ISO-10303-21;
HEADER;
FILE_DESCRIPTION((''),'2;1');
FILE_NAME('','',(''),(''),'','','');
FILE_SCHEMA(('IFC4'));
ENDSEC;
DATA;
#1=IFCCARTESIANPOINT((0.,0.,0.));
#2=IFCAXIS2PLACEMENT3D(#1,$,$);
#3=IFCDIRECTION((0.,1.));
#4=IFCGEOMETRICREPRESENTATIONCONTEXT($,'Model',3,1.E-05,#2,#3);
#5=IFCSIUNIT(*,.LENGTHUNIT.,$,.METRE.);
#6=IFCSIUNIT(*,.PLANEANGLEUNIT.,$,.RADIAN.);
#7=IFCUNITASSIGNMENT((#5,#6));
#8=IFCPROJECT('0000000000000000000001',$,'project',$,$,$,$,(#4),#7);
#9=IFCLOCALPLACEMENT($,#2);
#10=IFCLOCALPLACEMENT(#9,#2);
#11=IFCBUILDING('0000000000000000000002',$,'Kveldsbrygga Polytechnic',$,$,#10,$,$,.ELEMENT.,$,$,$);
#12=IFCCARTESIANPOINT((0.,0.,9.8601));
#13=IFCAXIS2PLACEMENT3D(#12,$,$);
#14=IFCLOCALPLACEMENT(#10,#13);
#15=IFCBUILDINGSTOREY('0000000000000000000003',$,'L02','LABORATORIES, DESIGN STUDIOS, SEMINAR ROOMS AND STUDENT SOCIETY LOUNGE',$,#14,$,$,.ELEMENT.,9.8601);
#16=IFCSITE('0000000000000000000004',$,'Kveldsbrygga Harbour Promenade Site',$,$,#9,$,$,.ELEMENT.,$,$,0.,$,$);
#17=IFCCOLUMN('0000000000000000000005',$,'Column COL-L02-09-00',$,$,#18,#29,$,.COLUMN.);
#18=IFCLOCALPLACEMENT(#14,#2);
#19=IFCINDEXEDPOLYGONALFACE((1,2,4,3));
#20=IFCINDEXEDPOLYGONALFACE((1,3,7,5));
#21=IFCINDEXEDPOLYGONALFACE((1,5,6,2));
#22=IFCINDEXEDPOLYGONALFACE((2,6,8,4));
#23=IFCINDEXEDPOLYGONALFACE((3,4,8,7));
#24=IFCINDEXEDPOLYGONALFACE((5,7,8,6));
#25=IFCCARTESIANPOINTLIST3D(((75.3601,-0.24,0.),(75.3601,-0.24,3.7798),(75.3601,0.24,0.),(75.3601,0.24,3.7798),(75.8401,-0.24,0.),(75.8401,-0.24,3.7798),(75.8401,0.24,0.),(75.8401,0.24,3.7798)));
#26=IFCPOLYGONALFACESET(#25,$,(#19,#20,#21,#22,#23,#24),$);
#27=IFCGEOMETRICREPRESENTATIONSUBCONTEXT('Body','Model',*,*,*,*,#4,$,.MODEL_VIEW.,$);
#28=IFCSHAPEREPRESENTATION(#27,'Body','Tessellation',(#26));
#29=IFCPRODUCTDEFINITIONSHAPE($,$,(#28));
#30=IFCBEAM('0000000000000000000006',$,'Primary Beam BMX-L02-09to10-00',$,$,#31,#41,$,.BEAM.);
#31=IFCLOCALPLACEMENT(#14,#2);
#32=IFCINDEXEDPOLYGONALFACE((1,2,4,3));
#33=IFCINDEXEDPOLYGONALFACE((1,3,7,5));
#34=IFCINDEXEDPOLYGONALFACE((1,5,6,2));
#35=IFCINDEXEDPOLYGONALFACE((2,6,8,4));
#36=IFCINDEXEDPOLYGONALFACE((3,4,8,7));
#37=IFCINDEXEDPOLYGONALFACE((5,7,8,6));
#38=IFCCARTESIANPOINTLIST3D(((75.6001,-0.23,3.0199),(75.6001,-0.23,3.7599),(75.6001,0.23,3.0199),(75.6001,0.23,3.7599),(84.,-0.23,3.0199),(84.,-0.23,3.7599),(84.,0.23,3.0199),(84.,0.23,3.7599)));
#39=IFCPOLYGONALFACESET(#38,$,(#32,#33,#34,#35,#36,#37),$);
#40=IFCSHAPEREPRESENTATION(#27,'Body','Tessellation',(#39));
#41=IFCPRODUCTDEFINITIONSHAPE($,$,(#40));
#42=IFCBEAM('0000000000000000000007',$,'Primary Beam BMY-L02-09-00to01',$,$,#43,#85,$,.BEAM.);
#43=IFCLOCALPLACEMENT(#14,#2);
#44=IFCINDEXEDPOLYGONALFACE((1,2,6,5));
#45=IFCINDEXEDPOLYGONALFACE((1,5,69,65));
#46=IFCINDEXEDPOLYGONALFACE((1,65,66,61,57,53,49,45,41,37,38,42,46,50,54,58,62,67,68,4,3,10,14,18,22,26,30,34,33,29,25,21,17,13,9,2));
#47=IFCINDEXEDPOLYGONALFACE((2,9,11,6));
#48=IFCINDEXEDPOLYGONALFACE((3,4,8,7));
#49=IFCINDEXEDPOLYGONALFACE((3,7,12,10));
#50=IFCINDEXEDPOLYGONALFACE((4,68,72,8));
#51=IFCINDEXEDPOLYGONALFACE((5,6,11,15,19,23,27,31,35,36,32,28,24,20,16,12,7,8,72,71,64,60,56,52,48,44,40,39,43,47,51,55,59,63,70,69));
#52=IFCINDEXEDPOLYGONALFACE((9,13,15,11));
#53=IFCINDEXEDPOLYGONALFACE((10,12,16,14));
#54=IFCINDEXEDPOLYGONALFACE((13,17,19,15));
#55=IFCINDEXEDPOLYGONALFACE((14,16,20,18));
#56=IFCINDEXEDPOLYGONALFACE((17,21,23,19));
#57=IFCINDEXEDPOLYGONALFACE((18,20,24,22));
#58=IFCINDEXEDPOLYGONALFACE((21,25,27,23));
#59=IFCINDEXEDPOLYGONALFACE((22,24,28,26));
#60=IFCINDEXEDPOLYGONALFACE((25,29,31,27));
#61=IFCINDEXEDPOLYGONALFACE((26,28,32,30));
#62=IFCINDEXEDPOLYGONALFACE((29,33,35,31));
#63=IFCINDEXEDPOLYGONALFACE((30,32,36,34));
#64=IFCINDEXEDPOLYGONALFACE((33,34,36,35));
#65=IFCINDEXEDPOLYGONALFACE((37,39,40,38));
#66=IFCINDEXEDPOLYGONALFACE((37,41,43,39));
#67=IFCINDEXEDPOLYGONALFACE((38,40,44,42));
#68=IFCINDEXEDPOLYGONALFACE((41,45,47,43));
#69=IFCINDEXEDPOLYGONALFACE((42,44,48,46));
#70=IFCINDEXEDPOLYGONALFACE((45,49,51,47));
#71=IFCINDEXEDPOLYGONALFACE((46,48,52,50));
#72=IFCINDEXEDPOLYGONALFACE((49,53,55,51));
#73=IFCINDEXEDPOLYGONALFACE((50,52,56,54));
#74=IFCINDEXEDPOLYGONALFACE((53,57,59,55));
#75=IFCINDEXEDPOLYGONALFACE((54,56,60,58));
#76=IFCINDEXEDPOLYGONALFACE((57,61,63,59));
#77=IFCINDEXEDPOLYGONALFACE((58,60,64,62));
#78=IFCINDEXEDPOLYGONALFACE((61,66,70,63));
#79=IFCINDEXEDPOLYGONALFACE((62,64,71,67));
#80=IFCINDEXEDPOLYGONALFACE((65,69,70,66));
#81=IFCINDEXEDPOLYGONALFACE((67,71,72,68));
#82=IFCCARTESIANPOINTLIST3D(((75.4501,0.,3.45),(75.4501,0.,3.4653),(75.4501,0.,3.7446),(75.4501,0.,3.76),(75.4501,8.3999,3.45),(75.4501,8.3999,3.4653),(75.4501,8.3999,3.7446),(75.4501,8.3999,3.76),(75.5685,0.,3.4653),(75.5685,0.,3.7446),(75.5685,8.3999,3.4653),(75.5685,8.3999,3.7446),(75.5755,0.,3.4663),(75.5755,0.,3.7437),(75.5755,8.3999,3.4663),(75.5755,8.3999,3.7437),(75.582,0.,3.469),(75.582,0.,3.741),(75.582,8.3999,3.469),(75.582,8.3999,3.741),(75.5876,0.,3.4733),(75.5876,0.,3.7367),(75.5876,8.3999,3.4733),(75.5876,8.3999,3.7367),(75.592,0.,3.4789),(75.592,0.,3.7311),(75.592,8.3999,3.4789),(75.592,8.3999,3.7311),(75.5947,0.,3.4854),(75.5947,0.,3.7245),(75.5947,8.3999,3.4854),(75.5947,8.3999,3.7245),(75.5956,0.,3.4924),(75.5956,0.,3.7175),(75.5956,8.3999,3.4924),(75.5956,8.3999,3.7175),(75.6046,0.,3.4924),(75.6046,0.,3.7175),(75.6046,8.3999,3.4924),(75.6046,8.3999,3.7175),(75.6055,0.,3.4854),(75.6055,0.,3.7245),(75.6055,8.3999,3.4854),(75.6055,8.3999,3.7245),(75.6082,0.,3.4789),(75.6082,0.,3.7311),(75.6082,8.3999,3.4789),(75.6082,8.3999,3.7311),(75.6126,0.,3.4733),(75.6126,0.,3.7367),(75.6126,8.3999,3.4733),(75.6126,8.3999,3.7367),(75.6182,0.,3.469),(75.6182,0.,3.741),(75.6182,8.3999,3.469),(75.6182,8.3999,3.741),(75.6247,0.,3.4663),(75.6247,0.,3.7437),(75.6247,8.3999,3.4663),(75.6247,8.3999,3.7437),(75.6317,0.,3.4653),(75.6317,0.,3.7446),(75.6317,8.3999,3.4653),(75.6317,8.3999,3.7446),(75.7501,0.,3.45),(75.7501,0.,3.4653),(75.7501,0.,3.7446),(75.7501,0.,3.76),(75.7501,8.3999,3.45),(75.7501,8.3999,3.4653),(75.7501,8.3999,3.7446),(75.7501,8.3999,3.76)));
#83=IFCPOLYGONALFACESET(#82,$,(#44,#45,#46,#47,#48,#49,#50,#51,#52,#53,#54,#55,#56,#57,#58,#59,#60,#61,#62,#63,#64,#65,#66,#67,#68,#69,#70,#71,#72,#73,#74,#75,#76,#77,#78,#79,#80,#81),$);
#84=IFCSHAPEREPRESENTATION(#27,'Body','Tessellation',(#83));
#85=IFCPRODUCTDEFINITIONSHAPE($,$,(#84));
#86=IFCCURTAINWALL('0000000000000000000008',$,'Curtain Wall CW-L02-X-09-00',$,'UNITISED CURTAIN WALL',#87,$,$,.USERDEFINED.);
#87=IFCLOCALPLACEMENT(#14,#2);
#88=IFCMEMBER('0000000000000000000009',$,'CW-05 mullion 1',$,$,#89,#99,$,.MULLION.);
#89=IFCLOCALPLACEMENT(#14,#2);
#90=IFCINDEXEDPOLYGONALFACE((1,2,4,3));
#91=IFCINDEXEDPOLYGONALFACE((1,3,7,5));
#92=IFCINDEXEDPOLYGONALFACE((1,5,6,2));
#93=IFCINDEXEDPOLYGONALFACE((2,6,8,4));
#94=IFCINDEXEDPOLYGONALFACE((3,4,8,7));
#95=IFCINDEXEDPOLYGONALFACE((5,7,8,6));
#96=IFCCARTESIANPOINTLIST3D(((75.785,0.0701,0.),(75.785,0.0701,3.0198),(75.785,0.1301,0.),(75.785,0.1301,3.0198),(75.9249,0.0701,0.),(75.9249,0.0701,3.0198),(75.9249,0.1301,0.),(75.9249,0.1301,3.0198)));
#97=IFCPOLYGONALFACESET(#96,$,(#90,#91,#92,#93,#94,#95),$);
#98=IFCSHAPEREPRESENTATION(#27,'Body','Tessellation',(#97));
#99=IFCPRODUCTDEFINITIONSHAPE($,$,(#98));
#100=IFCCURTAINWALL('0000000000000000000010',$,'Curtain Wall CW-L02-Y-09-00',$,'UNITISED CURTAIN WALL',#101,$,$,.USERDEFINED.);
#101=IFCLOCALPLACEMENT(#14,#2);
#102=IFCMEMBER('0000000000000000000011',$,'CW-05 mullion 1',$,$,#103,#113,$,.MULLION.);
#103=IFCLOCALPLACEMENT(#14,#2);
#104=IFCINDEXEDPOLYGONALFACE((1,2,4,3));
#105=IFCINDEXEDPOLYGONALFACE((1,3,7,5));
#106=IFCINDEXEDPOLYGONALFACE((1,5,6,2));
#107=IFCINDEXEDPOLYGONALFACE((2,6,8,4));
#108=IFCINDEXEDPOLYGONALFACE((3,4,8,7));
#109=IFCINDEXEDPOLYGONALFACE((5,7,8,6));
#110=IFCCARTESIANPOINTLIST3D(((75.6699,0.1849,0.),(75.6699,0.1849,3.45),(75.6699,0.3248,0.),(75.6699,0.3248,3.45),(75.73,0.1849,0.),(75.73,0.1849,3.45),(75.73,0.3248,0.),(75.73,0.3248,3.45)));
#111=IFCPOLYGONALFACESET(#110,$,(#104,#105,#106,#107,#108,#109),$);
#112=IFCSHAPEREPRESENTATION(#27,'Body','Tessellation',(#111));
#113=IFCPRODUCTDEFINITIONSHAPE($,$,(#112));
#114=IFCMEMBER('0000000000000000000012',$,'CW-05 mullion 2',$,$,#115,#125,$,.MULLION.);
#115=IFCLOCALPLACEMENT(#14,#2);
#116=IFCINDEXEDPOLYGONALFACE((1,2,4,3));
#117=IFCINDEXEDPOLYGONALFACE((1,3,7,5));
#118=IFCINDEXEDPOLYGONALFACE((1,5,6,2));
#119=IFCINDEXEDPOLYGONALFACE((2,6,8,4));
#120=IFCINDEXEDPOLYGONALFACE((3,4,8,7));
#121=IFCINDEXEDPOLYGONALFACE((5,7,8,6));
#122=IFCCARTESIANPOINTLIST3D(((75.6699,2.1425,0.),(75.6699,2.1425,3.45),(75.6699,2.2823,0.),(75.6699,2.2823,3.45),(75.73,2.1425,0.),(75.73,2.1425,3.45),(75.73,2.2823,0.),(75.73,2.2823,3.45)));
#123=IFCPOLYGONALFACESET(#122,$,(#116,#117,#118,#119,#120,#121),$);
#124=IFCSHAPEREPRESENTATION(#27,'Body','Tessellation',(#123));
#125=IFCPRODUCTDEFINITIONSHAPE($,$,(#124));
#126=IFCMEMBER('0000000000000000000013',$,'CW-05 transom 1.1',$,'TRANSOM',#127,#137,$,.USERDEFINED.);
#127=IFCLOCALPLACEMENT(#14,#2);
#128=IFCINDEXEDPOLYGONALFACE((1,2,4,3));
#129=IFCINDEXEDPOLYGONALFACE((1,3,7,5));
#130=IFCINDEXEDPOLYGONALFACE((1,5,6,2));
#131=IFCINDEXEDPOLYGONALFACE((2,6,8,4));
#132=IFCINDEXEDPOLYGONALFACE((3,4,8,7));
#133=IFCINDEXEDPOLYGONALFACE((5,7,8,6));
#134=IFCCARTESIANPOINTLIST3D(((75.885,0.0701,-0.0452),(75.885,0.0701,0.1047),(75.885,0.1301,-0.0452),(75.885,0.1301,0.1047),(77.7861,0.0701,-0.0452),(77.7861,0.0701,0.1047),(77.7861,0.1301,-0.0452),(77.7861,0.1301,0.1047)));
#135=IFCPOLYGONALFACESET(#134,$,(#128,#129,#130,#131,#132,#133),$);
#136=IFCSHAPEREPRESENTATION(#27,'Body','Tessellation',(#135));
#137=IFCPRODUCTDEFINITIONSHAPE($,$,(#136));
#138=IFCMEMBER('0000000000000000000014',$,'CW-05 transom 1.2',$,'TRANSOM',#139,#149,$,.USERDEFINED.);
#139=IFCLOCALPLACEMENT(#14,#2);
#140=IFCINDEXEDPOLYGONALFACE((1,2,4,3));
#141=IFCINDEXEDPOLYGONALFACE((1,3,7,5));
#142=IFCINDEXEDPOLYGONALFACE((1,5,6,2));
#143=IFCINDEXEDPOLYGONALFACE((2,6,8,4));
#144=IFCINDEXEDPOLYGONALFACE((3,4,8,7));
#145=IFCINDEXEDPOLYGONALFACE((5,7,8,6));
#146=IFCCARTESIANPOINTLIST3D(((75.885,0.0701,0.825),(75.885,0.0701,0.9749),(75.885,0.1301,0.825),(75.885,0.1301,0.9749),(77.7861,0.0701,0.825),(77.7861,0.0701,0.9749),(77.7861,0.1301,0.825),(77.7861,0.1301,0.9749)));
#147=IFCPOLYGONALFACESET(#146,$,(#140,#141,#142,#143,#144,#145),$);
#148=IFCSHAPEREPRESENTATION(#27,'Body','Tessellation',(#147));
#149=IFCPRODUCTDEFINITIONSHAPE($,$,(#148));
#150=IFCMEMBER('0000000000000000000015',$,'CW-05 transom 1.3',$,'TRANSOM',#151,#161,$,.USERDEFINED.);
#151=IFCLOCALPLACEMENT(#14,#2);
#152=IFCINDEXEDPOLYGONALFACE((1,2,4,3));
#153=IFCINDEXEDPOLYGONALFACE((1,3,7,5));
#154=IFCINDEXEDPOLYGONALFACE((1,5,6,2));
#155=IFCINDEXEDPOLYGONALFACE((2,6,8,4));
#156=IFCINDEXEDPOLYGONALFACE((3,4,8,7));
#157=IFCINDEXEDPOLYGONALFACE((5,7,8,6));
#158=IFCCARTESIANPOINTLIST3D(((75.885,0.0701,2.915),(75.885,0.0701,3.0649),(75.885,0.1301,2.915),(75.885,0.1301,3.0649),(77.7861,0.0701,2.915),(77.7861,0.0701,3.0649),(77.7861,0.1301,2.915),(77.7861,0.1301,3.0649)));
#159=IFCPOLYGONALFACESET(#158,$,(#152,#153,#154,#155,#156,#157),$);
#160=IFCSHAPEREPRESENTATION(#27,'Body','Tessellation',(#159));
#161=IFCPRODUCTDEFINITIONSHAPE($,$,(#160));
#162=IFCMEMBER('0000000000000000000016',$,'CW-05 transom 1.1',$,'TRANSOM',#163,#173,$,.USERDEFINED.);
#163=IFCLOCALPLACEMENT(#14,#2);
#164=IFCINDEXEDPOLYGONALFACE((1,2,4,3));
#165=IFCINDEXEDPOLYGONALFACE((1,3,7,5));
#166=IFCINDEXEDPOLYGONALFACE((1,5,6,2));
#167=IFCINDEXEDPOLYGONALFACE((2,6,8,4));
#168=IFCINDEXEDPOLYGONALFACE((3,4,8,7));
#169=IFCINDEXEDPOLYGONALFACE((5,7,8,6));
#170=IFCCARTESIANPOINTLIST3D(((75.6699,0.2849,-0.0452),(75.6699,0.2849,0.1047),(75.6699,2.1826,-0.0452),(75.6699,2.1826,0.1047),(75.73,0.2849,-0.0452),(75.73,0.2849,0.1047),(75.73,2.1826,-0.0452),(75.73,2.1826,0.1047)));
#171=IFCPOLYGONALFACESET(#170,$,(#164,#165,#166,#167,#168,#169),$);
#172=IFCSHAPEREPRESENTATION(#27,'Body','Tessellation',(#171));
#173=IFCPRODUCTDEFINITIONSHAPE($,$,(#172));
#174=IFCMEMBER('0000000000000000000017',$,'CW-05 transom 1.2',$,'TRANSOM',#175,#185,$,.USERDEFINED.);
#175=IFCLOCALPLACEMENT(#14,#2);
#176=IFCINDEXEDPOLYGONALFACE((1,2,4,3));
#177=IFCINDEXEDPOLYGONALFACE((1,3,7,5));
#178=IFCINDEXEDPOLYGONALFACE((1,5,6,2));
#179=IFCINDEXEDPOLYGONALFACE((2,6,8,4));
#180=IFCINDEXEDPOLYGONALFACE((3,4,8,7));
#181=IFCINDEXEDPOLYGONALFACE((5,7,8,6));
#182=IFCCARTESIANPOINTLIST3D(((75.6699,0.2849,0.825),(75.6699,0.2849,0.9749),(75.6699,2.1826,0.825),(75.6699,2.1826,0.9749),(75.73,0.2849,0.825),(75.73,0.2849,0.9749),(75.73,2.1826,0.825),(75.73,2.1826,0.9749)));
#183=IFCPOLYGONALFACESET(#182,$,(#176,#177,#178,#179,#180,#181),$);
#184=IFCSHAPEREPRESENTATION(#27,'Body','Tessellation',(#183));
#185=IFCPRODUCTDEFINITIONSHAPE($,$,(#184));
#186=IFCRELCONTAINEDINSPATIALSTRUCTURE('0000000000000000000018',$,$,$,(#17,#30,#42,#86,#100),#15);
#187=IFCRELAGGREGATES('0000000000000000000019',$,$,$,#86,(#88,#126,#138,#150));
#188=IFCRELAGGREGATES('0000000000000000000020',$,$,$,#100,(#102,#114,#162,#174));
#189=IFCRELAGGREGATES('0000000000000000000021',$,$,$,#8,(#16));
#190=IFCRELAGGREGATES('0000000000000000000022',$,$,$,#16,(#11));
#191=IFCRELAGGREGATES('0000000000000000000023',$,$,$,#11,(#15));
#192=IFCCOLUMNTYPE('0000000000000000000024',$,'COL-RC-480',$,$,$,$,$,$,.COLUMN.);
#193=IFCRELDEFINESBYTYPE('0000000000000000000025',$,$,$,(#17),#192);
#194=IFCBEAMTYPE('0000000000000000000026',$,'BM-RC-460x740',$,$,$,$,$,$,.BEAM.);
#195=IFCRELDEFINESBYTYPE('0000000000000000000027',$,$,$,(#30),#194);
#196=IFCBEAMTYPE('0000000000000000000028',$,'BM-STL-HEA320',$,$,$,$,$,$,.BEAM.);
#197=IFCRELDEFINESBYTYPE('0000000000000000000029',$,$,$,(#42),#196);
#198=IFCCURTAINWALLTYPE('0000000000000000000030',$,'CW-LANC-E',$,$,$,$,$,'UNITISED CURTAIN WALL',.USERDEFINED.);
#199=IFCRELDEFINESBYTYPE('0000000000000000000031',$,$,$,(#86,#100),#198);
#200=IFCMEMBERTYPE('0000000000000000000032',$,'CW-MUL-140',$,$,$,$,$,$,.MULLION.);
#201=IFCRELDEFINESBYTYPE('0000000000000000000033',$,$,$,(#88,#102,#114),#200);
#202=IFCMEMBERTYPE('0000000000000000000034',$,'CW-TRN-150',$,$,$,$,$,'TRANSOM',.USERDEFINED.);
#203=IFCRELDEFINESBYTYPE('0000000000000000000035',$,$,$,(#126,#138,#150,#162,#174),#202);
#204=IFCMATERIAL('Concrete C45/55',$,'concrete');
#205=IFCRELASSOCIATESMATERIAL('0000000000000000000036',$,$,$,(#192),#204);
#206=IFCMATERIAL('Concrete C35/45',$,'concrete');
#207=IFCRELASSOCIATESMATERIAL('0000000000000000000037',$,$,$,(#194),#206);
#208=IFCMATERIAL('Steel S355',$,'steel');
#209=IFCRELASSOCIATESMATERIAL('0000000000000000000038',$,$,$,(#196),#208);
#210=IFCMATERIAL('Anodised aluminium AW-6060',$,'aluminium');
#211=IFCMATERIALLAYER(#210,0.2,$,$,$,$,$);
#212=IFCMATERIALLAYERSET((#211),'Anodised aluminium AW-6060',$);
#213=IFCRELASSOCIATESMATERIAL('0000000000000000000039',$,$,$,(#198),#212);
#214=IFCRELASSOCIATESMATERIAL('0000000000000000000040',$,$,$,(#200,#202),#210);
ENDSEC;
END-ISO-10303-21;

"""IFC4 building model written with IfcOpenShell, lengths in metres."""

from ifc_helpers import new_model, si_unit, direction, frame, origin, origin_2d, place, context, subcontext, project, spatial, rectangle, i_section, extrude, material, layer, layer_set, material_profile, profile_set, type_object, element, aggregate, save


model = new_model("IFC4")

# Units and contexts
model_context = context("Model", 3, precision=1e-05, world=origin(), true_north=direction((0.0, 1.0)))
body_context = subcontext(model_context, "Body", "Model", "MODEL_VIEW")
ifc_project = project(units=[si_unit("LENGTHUNIT", "METRE"), si_unit("PLANEANGLEUNIT", "RADIAN")], contexts=[model_context])

# Site, building, storey
site_placement = place(None, origin())
site = spatial("IfcSite", under=ifc_project, at=site_placement, Name="Kveldsbrygga Harbour Promenade Site", CompositionType="ELEMENT", RefElevation=0.0)
building_placement = place(site_placement, origin())
building = spatial("IfcBuilding", under=site, at=building_placement, Name="Kveldsbrygga Polytechnic", CompositionType="ELEMENT")
storey_placement = place(building_placement, frame((0.0, 0.0, 9.8601)))
storey = spatial("IfcBuildingStorey", under=building, at=storey_placement, Name="L02", Description="LABORATORIES, DESIGN STUDIOS, SEMINAR ROOMS AND STUDENT SOCIETY LOUNGE", CompositionType="ELEMENT", Elevation=9.8601)

# Column
ifc_material_1 = material(Name="Concrete C45/55", Category="concrete")
ifc_material_profile_1 = material_profile(ifc_material_1, rectangle(XDim=0.48, YDim=0.48, at=origin_2d()), Name="RC 480x480")
ifc_profile_set_1 = profile_set([ifc_material_profile_1], Name="Concrete C45/55")
column_type = type_object("IfcColumnType", Name="COL-RC-480", PredefinedType="COLUMN", material=ifc_profile_set_1)
column_placement = place(storey_placement, frame((75.6001, 0.0, 0.0), z_axis=(0.0, 0.0, 1.0), x_axis=(1.0, 0.0, 0.0)))
element("IfcColumn", 1, at=column_placement, inside=storey, type_object=column_type, Name="Column COL-L02-09-00", PredefinedType="COLUMN", context=body_context, shape_type="SweptSolid", body=[
    extrude(rectangle(XDim=0.48, YDim=0.48, at=origin_2d()), origin(), (0.0, 0.0, 1.0), 3.7798),
])

# Beams
ifc_material_2 = material(Name="Concrete C35/45", Category="concrete")
ifc_material_profile_2 = material_profile(ifc_material_2, rectangle(XDim=0.46, YDim=0.74, at=origin_2d()), Name="RC 460x740")
ifc_profile_set_2 = profile_set([ifc_material_profile_2], Name="Concrete C35/45")
beam_type_1 = type_object("IfcBeamType", Name="BM-RC-460x740", PredefinedType="BEAM", material=ifc_profile_set_2)
beam_1_placement = place(storey_placement, frame((75.6001, 0.0, 3.3899), z_axis=(1.0, 0.0, 0.0), x_axis=(0.0, 1.0, 0.0)))
element("IfcBeam", 2, at=beam_1_placement, inside=storey, type_object=beam_type_1, Name="Primary Beam BMX-L02-09to10-00", PredefinedType="BEAM", context=body_context, shape_type="SweptSolid", body=[
    extrude(rectangle(XDim=0.46, YDim=0.74, at=origin_2d()), origin(), (0.0, 0.0, 1.0), 8.3999),
])
ifc_material_3 = material(Name="Steel S355", Category="steel")
ifc_material_profile_3 = material_profile(ifc_material_3, i_section(OverallWidth=0.3, OverallDepth=0.3101, WebThickness=0.009, FlangeThickness=0.0154, FilletRadius=0.0271, at=origin_2d()), Name="HEA 320")
ifc_profile_set_3 = profile_set([ifc_material_profile_3], Name="Steel S355")
beam_type_2 = type_object("IfcBeamType", Name="BM-STL-HEA320", PredefinedType="BEAM", material=ifc_profile_set_3)
beam_2_placement = place(storey_placement, frame((75.6001, 0.0, 3.605), z_axis=(0.0, 1.0, 0.0), x_axis=(-1.0, 0.0, 0.0)))
element("IfcBeam", 3, at=beam_2_placement, inside=storey, type_object=beam_type_2, Name="Primary Beam BMY-L02-09-00to01", PredefinedType="BEAM", context=body_context, shape_type="SweptSolid", body=[
    extrude(i_section(OverallWidth=0.3, OverallDepth=0.3101, WebThickness=0.009, FlangeThickness=0.0154, FilletRadius=0.0271, at=origin_2d()), origin(), (0.0, 0.0, 1.0), 8.3999),
])

# Curtain wall, member
ifc_material_4 = material(Name="Anodised aluminium AW-6060", Category="aluminium")
ifc_layer_1 = layer(ifc_material_4, 0.2)
ifc_layer_set_1 = layer_set([ifc_layer_1], Name="Anodised aluminium AW-6060")
curtain_wall_type = type_object("IfcCurtainWallType", Name="CW-LANC-E", ElementType="UNITISED CURTAIN WALL", PredefinedType="USERDEFINED", material=ifc_layer_set_1)
curtain_wall_1_placement = place(storey_placement, origin())
curtain_wall_1 = element("IfcCurtainWall", 4, at=curtain_wall_1_placement, inside=storey, type_object=curtain_wall_type, Name="Curtain Wall CW-L02-X-09-00", ObjectType="UNITISED CURTAIN WALL", PredefinedType="USERDEFINED")
ifc_material_profile_4 = material_profile(ifc_material_4, rectangle(XDim=0.0601, YDim=0.1399, at=origin_2d()), Name="ALU 60x140")
ifc_profile_set_4 = profile_set([ifc_material_profile_4], Name="Anodised aluminium AW-6060")
member_type_1 = type_object("IfcMemberType", Name="CW-MUL-140", PredefinedType="MULLION", material=ifc_profile_set_4)
member_1_placement = place(storey_placement, frame((75.855, 0.1001, 0.0), z_axis=(0.0, 0.0, 1.0), x_axis=(0.0, 1.0, 0.0)))
member_1 = element("IfcMember", 5, at=member_1_placement, type_object=member_type_1, Name="CW-05 mullion 1", PredefinedType="MULLION", context=body_context, shape_type="SweptSolid", body=[
    extrude(rectangle(XDim=0.0601, YDim=0.1399, at=origin_2d()), origin(), (0.0, 0.0, 1.0), 3.0198),
])

# Curtain wall, members
curtain_wall_2_placement = place(storey_placement, origin())
curtain_wall_2 = element("IfcCurtainWall", 6, at=curtain_wall_2_placement, inside=storey, type_object=curtain_wall_type, Name="Curtain Wall CW-L02-Y-09-00", ObjectType="UNITISED CURTAIN WALL", PredefinedType="USERDEFINED")
member_2_placement = place(storey_placement, frame((75.7, 0.2549, 0.0), z_axis=(0.0, 0.0, 1.0), x_axis=(-1.0, 0.0, 0.0)))
member_2 = element("IfcMember", 7, at=member_2_placement, type_object=member_type_1, Name="CW-05 mullion 1", PredefinedType="MULLION", context=body_context, shape_type="SweptSolid", body=[
    extrude(rectangle(XDim=0.0601, YDim=0.1399, at=origin_2d()), origin(), (0.0, 0.0, 1.0), 3.45),
])
member_3_placement = place(storey_placement, frame((75.7, 2.2124, 0.0), z_axis=(0.0, 0.0, 1.0), x_axis=(-1.0, 0.0, 0.0)))
member_3 = element("IfcMember", 8, at=member_3_placement, type_object=member_type_1, Name="CW-05 mullion 2", PredefinedType="MULLION", context=body_context, shape_type="SweptSolid", body=[
    extrude(rectangle(XDim=0.0601, YDim=0.1399, at=origin_2d()), origin(), (0.0, 0.0, 1.0), 3.45),
])

# Members
ifc_material_profile_5 = material_profile(ifc_material_4, rectangle(XDim=0.0601, YDim=0.1499, at=origin_2d()), Name="ALU 60x150")
ifc_profile_set_5 = profile_set([ifc_material_profile_5], Name="Anodised aluminium AW-6060")
member_type_2 = type_object("IfcMemberType", Name="CW-TRN-150", ElementType="TRANSOM", PredefinedType="USERDEFINED", material=ifc_profile_set_5)
member_4_placement = place(storey_placement, frame((75.885, 0.1001, 0.0298), z_axis=(1.0, 0.0, 0.0), x_axis=(0.0, 1.0, 0.0)))
member_4 = element("IfcMember", 9, at=member_4_placement, type_object=member_type_2, Name="CW-05 transom 1.1", ObjectType="TRANSOM", PredefinedType="USERDEFINED", context=body_context, shape_type="SweptSolid", body=[
    extrude(rectangle(XDim=0.0601, YDim=0.1499, at=origin_2d()), origin(), (0.0, 0.0, 1.0), 1.9011),
])
member_5_placement = place(storey_placement, frame((75.885, 0.1001, 0.8999), z_axis=(1.0, 0.0, 0.0), x_axis=(0.0, 1.0, 0.0)))
member_5 = element("IfcMember", 10, at=member_5_placement, type_object=member_type_2, Name="CW-05 transom 1.2", ObjectType="TRANSOM", PredefinedType="USERDEFINED", context=body_context, shape_type="SweptSolid", body=[
    extrude(rectangle(XDim=0.0601, YDim=0.1499, at=origin_2d()), origin(), (0.0, 0.0, 1.0), 1.9011),
])
member_6_placement = place(storey_placement, frame((75.885, 0.1001, 2.99), z_axis=(1.0, 0.0, 0.0), x_axis=(0.0, 1.0, 0.0)))
member_6 = element("IfcMember", 11, at=member_6_placement, type_object=member_type_2, Name="CW-05 transom 1.3", ObjectType="TRANSOM", PredefinedType="USERDEFINED", context=body_context, shape_type="SweptSolid", body=[
    extrude(rectangle(XDim=0.0601, YDim=0.1499, at=origin_2d()), origin(), (0.0, 0.0, 1.0), 1.9011),
])
aggregate(curtain_wall_1, [member_1, member_4, member_5, member_6])
member_7_placement = place(storey_placement, frame((75.7, 0.2849, 0.0298), z_axis=(0.0, 1.0, 0.0), x_axis=(-1.0, 0.0, 0.0)))
member_7 = element("IfcMember", 12, at=member_7_placement, type_object=member_type_2, Name="CW-05 transom 1.1", ObjectType="TRANSOM", PredefinedType="USERDEFINED", context=body_context, shape_type="SweptSolid", body=[
    extrude(rectangle(XDim=0.0601, YDim=0.1499, at=origin_2d()), origin(), (0.0, 0.0, 1.0), 1.8977),
])
member_8_placement = place(storey_placement, frame((75.7, 0.2849, 0.8999), z_axis=(0.0, 1.0, 0.0), x_axis=(-1.0, 0.0, 0.0)))
member_8 = element("IfcMember", 13, at=member_8_placement, type_object=member_type_2, Name="CW-05 transom 1.2", ObjectType="TRANSOM", PredefinedType="USERDEFINED", context=body_context, shape_type="SweptSolid", body=[
    extrude(rectangle(XDim=0.0601, YDim=0.1499, at=origin_2d()), origin(), (0.0, 0.0, 1.0), 1.8977),
])

aggregate(curtain_wall_2, [member_2, member_3, member_7, member_8])

save(model, "model.ifc")
